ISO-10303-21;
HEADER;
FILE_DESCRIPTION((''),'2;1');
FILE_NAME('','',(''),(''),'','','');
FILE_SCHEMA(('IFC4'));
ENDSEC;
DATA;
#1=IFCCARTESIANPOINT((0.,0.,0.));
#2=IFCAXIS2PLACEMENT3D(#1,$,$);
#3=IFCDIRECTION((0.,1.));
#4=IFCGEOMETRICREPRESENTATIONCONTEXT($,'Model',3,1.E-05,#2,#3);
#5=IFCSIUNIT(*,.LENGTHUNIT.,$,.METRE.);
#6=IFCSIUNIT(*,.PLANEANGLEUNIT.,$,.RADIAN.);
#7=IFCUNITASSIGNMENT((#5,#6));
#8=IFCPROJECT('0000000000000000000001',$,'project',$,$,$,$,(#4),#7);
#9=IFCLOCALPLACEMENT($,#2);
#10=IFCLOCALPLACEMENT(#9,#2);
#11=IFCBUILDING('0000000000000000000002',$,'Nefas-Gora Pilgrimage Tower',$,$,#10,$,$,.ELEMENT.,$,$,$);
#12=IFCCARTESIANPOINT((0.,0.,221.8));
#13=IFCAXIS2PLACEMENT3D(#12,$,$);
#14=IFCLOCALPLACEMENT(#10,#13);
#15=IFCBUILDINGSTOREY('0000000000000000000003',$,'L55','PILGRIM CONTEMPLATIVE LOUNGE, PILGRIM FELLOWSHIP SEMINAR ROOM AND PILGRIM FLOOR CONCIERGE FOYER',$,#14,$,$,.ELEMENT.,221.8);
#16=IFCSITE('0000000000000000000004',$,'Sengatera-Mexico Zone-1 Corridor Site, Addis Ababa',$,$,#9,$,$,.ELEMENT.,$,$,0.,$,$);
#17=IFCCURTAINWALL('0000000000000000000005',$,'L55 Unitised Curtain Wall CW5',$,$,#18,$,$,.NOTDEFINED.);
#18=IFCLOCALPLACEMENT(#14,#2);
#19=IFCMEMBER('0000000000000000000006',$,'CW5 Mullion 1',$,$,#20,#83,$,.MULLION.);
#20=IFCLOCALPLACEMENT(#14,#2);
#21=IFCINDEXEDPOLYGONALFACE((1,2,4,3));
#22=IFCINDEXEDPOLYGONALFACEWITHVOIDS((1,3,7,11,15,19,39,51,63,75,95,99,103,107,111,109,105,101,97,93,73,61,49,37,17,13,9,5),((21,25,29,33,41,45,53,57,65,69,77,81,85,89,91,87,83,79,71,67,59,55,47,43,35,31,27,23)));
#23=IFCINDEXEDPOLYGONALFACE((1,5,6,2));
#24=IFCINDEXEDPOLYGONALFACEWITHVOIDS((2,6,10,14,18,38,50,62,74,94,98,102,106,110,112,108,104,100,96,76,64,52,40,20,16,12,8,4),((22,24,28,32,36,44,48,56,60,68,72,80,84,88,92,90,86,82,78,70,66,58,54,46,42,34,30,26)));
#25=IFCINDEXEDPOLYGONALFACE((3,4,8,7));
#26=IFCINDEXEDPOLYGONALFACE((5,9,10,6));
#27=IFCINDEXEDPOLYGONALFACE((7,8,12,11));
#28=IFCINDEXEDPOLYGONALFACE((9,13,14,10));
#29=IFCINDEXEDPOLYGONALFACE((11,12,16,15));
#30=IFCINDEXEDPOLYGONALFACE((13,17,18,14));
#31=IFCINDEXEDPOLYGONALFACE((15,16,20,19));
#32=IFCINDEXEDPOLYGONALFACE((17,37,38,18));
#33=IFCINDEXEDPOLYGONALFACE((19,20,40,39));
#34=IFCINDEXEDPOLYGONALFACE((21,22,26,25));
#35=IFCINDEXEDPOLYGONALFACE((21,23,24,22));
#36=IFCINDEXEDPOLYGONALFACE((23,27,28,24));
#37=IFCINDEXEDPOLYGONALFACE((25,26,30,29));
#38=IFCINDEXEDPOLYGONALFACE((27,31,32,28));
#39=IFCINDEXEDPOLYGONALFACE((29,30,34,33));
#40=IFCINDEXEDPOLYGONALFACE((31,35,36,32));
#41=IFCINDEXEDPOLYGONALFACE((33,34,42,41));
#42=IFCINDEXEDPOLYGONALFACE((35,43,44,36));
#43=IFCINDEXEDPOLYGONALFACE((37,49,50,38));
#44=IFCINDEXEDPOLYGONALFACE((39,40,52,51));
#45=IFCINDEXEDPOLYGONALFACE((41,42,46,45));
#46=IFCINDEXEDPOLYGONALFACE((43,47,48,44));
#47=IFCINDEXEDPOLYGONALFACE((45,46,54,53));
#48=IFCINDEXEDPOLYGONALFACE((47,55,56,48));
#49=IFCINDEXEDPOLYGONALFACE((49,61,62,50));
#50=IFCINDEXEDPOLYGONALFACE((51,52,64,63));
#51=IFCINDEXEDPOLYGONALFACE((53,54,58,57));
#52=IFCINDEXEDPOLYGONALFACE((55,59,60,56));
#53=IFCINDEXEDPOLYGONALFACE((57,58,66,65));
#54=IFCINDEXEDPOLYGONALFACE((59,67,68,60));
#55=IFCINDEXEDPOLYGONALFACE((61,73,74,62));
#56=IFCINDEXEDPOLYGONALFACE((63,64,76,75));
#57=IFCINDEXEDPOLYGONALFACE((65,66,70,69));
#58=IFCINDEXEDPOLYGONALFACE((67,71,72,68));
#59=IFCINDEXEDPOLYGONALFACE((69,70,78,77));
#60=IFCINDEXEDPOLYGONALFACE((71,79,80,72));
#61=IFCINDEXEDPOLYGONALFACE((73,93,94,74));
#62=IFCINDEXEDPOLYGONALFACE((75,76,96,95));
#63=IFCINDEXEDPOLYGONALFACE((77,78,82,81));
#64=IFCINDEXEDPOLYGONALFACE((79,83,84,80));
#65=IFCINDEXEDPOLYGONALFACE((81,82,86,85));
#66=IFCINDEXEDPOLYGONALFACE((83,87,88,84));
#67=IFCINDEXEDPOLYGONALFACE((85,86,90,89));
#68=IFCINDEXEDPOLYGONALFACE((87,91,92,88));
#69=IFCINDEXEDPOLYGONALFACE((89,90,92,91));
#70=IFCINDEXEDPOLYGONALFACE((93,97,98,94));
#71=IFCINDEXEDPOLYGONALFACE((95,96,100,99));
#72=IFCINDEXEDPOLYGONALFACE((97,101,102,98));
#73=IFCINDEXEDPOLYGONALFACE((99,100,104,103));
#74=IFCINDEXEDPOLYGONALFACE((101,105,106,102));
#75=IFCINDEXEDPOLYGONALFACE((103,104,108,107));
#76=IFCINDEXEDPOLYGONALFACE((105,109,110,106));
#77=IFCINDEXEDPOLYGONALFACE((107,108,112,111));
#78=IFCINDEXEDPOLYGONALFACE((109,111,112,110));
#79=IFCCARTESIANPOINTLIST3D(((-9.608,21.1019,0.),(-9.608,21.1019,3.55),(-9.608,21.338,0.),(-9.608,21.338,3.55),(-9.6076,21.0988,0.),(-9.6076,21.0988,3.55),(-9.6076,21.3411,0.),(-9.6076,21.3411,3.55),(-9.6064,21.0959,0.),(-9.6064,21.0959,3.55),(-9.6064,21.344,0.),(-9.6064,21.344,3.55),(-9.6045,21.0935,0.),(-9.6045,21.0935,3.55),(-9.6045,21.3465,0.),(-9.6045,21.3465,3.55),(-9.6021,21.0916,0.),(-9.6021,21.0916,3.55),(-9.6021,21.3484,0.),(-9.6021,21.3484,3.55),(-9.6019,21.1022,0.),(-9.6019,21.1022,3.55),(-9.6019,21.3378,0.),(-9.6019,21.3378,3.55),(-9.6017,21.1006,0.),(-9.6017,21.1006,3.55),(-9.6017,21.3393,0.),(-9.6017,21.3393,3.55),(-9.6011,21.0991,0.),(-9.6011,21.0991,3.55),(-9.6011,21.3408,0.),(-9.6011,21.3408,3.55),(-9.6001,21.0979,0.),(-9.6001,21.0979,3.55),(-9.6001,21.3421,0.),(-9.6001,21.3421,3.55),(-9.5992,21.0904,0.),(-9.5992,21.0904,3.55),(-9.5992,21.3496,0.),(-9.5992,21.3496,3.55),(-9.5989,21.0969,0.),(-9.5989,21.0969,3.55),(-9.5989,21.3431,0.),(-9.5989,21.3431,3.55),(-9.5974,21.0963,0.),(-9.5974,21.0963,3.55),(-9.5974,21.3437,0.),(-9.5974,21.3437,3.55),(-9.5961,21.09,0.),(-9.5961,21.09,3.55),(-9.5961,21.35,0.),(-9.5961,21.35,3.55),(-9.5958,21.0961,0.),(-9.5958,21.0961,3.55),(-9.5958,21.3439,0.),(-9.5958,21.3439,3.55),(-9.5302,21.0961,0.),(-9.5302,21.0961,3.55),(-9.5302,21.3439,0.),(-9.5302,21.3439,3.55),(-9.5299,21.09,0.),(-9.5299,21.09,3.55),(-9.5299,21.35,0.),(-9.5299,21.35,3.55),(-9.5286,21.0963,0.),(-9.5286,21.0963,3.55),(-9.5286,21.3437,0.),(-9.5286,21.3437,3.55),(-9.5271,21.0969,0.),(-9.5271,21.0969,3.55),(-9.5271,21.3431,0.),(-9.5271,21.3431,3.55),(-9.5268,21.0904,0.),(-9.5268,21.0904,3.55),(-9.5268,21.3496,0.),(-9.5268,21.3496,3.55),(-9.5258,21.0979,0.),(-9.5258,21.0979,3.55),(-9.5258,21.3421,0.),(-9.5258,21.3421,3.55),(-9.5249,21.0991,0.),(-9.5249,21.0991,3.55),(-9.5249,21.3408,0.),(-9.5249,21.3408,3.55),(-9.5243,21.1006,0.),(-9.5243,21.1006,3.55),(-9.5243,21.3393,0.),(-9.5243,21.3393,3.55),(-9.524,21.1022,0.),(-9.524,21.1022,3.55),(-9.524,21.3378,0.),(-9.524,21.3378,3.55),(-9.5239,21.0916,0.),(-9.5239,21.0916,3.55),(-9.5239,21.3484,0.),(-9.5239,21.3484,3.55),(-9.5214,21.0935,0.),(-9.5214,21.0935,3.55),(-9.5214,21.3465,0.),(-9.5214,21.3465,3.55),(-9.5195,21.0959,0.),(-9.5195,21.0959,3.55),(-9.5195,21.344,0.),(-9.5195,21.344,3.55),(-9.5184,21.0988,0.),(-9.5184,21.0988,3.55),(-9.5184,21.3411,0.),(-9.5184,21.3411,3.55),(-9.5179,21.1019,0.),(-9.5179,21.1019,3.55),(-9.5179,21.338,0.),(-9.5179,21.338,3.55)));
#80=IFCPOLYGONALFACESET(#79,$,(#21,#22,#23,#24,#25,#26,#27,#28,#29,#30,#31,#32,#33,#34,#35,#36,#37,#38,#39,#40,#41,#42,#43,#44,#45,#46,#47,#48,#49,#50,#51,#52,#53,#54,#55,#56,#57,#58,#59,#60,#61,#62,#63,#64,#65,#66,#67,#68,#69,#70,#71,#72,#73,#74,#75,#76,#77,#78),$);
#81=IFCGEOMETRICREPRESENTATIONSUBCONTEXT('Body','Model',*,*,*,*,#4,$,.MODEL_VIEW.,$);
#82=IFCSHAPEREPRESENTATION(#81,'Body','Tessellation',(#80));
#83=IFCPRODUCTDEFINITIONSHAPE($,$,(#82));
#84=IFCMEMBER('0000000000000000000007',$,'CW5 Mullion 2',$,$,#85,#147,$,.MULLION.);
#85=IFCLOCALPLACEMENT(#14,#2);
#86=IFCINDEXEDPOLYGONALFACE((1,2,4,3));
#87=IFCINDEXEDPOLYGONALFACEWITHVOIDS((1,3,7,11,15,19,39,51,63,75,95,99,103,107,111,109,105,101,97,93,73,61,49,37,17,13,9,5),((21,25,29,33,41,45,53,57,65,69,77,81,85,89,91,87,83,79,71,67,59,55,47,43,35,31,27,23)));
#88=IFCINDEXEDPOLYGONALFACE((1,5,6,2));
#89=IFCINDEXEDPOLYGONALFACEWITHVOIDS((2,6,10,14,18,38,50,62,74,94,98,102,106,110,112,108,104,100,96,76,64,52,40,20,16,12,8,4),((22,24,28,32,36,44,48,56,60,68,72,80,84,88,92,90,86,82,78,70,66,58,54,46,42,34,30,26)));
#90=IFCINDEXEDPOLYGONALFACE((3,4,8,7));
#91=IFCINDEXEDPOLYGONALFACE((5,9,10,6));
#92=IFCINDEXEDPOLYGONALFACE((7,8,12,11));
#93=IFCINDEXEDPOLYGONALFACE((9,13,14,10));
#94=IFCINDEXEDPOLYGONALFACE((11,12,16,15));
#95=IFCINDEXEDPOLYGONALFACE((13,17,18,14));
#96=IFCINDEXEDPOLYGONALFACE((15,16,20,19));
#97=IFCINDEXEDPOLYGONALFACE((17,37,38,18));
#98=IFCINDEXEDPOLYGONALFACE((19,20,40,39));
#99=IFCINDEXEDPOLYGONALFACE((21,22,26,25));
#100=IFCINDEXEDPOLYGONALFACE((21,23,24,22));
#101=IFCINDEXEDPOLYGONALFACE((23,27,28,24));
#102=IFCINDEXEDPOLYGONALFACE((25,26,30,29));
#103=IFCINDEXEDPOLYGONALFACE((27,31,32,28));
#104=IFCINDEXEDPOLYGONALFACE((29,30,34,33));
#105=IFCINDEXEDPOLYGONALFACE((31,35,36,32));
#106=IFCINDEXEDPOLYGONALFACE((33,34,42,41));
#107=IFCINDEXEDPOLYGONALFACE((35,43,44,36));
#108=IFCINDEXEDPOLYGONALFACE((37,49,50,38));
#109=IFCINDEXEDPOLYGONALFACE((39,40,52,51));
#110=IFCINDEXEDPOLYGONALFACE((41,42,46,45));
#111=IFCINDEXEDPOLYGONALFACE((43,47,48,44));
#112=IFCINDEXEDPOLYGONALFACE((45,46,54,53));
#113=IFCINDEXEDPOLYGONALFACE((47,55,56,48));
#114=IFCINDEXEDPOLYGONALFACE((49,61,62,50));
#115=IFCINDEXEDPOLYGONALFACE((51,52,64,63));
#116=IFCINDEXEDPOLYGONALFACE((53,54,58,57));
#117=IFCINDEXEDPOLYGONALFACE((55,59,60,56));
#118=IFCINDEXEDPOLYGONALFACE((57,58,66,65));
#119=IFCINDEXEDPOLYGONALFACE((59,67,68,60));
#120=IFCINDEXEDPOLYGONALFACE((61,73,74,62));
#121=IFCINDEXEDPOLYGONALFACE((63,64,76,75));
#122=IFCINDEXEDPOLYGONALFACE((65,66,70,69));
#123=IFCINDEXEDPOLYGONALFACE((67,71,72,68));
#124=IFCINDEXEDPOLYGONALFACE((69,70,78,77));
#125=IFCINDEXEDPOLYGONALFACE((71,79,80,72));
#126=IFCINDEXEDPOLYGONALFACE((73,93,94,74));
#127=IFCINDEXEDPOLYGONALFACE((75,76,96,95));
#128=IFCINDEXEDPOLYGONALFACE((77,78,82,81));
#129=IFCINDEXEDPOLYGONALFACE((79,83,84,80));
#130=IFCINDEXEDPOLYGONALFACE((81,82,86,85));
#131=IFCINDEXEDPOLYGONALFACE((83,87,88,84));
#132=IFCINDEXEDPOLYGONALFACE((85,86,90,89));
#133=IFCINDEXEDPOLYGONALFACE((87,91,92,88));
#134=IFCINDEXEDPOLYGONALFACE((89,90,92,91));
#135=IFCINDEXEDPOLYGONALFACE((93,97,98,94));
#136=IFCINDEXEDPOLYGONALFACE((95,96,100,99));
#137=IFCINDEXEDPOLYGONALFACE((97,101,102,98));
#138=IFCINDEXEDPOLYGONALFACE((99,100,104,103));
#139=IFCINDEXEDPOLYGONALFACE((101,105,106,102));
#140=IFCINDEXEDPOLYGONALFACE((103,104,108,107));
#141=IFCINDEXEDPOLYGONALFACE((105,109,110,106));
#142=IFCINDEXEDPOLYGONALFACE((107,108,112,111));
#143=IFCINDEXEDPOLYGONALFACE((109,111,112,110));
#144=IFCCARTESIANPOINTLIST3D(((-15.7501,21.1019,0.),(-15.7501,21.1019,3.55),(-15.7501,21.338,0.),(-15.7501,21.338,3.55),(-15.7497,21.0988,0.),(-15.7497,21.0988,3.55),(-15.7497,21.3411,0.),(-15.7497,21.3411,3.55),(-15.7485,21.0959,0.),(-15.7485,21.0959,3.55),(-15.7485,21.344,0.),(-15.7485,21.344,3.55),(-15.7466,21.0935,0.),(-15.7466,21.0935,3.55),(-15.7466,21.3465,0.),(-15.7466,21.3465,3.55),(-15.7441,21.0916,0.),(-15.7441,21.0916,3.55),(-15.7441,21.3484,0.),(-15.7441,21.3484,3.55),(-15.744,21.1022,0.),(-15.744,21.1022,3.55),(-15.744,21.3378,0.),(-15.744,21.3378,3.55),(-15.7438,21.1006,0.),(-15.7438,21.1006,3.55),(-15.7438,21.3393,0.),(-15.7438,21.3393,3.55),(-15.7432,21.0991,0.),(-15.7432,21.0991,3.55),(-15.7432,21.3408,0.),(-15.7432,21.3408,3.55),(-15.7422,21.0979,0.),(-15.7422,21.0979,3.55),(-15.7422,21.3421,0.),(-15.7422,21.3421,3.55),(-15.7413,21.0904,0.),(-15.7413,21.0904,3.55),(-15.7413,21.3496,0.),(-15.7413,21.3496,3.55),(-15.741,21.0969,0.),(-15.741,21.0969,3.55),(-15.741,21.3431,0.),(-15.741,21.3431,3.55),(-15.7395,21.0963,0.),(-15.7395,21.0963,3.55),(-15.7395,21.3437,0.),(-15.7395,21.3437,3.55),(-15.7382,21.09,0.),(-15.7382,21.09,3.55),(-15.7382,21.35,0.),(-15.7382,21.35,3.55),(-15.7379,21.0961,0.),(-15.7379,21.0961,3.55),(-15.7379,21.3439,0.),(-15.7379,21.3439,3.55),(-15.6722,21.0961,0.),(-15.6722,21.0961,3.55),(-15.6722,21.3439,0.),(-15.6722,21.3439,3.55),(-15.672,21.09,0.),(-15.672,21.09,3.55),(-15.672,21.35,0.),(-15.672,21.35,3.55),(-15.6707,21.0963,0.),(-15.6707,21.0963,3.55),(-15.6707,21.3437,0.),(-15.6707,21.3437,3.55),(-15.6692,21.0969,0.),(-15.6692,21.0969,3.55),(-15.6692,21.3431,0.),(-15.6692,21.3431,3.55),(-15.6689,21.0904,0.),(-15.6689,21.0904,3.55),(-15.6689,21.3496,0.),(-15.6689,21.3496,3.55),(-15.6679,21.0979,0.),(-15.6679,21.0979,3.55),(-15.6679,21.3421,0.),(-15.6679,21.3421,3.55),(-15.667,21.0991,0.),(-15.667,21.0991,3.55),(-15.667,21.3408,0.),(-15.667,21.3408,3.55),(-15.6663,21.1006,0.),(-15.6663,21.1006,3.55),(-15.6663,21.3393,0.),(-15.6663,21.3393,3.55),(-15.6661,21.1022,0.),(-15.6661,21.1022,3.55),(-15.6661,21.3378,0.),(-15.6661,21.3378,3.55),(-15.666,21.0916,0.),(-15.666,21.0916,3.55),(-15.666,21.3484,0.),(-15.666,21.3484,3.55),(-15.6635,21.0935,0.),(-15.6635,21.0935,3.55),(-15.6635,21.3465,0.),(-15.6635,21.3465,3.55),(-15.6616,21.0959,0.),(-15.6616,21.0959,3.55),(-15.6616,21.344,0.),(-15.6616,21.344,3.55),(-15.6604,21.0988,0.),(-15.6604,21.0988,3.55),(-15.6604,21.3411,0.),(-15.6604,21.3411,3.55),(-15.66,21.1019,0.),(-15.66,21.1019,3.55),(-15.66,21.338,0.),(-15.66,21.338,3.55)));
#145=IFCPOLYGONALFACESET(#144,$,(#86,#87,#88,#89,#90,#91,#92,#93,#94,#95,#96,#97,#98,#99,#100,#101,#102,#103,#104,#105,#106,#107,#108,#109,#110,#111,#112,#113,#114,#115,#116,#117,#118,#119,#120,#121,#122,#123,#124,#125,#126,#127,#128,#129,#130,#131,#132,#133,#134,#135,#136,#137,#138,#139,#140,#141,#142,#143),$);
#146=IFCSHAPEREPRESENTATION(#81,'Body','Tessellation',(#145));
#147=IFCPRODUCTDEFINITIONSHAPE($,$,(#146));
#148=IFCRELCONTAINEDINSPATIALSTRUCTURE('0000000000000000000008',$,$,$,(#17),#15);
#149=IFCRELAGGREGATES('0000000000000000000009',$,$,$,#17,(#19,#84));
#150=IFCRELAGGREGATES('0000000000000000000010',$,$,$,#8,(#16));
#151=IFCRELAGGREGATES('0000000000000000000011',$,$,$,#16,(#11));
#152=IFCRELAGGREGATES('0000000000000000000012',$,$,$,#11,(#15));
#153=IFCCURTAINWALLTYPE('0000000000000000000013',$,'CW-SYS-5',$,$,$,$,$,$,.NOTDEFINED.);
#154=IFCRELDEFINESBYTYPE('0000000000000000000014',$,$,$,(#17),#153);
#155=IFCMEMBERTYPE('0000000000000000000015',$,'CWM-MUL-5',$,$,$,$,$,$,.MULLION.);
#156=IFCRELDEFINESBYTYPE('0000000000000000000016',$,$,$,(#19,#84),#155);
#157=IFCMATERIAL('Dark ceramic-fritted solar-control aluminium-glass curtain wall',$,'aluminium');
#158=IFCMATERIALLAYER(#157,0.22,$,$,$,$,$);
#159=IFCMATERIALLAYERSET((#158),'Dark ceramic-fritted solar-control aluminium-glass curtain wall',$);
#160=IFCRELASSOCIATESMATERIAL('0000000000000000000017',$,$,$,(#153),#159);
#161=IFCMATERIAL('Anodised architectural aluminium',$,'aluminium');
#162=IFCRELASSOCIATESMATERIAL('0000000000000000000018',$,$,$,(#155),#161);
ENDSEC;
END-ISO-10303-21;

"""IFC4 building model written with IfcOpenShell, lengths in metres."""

from ifc_helpers import new_model, si_unit, direction, frame, origin, origin_2d, place, context, subcontext, project, spatial, hollow_rectangle, extrude, source, transform, mapped, material, layer, layer_set, material_profile, profile_set, type_object, element, aggregate, save


model = new_model("IFC4")

# Units and contexts
model_context = context("Model", 3, precision=1e-05, world=origin(), true_north=direction((0.0, 1.0)))
body_context = subcontext(model_context, "Body", "Model", "MODEL_VIEW")
ifc_project = project(units=[si_unit("LENGTHUNIT", "METRE"), si_unit("PLANEANGLEUNIT", "RADIAN")], contexts=[model_context])

# Site, building, storey
site_placement = place(None, origin())
site = spatial("IfcSite", under=ifc_project, at=site_placement, Name="Sengatera-Mexico Zone-1 Corridor Site, Addis Ababa", CompositionType="ELEMENT", RefElevation=0.0)
building_placement = place(site_placement, origin())
building = spatial("IfcBuilding", under=site, at=building_placement, Name="Nefas-Gora Pilgrimage Tower", CompositionType="ELEMENT")
storey_placement = place(building_placement, frame((0.0, 0.0, 221.8)))
storey = spatial("IfcBuildingStorey", under=building, at=storey_placement, Name="L55", Description="PILGRIM CONTEMPLATIVE LOUNGE, PILGRIM FELLOWSHIP SEMINAR ROOM AND PILGRIM FLOOR CONCIERGE FOYER", CompositionType="ELEMENT", Elevation=221.8)

# Curtain wall, members
ifc_material_1 = material(Name="Dark ceramic-fritted solar-control aluminium-glass curtain wall", Category="aluminium")
ifc_layer_1 = layer(ifc_material_1, 0.22)
ifc_layer_set_1 = layer_set([ifc_layer_1], Name="Dark ceramic-fritted solar-control aluminium-glass curtain wall")
curtain_wall_type_1 = type_object("IfcCurtainWallType", Name="CW-SYS-5", PredefinedType="NOTDEFINED", material=ifc_layer_set_1)
curtain_wall_1_placement = place(storey_placement, origin())
curtain_wall_1 = element("IfcCurtainWall", 1, at=curtain_wall_1_placement, inside=storey, type_object=curtain_wall_type_1, Name="L55 Unitised Curtain Wall CW5", PredefinedType="NOTDEFINED")
ifc_material_2 = material(Name="Anodised architectural aluminium", Category="aluminium")
ifc_material_profile_1 = material_profile(ifc_material_2, hollow_rectangle(XDim=0.0901, YDim=0.26, WallThickness=0.0061, InnerFilletRadius=0.0061, OuterFilletRadius=0.012, at=origin_2d()), Name="ALU MULLION 90x260")
ifc_profile_set_1 = profile_set([ifc_material_profile_1], Name="Anodised architectural aluminium")
member_type_1 = type_object("IfcMemberType", Name="CWM-MUL-5", PredefinedType="MULLION", material=ifc_profile_set_1)
shared_shape_1 = source(origin(), body_context, "Body", "SweptSolid", [
    extrude(hollow_rectangle(XDim=0.0901, YDim=0.26, WallThickness=0.0061, InnerFilletRadius=0.0061, OuterFilletRadius=0.012, at=origin_2d()), origin(), (0.0, 0.0, 1.0), 3.55),
])
member_1_placement = place(storey_placement, frame((-9.563, 21.22, 0.0), z_axis=(0.0, 0.0, 1.0), x_axis=(-1.0, 0.0, 0.0)))
member_1 = element("IfcMember", 2, at=member_1_placement, type_object=member_type_1, Name="CW5 Mullion 1", PredefinedType="MULLION", context=body_context, shape_type="MappedRepresentation", body=[
    mapped(shared_shape_1, transform((0.0, 0.0, 0.0), x_axis=(1.0, 0.0, 0.0), y_axis=(0.0, 1.0, 0.0), z_axis=(0.0, 0.0, 1.0), scale=1.0)),
])
member_2_placement = place(storey_placement, frame((-15.7051, 21.22, 0.0), z_axis=(0.0, 0.0, 1.0), x_axis=(-1.0, 0.0, 0.0)))
member_2 = element("IfcMember", 3, at=member_2_placement, type_object=member_type_1, Name="CW5 Mullion 2", PredefinedType="MULLION", context=body_context, shape_type="MappedRepresentation", body=[
    mapped(shared_shape_1, transform((0.0, 0.0, 0.0), x_axis=(1.0, 0.0, 0.0), y_axis=(0.0, 1.0, 0.0), z_axis=(0.0, 0.0, 1.0), scale=1.0)),
])

aggregate(curtain_wall_1, [member_1, member_2])

save(model, "model.ifc")
